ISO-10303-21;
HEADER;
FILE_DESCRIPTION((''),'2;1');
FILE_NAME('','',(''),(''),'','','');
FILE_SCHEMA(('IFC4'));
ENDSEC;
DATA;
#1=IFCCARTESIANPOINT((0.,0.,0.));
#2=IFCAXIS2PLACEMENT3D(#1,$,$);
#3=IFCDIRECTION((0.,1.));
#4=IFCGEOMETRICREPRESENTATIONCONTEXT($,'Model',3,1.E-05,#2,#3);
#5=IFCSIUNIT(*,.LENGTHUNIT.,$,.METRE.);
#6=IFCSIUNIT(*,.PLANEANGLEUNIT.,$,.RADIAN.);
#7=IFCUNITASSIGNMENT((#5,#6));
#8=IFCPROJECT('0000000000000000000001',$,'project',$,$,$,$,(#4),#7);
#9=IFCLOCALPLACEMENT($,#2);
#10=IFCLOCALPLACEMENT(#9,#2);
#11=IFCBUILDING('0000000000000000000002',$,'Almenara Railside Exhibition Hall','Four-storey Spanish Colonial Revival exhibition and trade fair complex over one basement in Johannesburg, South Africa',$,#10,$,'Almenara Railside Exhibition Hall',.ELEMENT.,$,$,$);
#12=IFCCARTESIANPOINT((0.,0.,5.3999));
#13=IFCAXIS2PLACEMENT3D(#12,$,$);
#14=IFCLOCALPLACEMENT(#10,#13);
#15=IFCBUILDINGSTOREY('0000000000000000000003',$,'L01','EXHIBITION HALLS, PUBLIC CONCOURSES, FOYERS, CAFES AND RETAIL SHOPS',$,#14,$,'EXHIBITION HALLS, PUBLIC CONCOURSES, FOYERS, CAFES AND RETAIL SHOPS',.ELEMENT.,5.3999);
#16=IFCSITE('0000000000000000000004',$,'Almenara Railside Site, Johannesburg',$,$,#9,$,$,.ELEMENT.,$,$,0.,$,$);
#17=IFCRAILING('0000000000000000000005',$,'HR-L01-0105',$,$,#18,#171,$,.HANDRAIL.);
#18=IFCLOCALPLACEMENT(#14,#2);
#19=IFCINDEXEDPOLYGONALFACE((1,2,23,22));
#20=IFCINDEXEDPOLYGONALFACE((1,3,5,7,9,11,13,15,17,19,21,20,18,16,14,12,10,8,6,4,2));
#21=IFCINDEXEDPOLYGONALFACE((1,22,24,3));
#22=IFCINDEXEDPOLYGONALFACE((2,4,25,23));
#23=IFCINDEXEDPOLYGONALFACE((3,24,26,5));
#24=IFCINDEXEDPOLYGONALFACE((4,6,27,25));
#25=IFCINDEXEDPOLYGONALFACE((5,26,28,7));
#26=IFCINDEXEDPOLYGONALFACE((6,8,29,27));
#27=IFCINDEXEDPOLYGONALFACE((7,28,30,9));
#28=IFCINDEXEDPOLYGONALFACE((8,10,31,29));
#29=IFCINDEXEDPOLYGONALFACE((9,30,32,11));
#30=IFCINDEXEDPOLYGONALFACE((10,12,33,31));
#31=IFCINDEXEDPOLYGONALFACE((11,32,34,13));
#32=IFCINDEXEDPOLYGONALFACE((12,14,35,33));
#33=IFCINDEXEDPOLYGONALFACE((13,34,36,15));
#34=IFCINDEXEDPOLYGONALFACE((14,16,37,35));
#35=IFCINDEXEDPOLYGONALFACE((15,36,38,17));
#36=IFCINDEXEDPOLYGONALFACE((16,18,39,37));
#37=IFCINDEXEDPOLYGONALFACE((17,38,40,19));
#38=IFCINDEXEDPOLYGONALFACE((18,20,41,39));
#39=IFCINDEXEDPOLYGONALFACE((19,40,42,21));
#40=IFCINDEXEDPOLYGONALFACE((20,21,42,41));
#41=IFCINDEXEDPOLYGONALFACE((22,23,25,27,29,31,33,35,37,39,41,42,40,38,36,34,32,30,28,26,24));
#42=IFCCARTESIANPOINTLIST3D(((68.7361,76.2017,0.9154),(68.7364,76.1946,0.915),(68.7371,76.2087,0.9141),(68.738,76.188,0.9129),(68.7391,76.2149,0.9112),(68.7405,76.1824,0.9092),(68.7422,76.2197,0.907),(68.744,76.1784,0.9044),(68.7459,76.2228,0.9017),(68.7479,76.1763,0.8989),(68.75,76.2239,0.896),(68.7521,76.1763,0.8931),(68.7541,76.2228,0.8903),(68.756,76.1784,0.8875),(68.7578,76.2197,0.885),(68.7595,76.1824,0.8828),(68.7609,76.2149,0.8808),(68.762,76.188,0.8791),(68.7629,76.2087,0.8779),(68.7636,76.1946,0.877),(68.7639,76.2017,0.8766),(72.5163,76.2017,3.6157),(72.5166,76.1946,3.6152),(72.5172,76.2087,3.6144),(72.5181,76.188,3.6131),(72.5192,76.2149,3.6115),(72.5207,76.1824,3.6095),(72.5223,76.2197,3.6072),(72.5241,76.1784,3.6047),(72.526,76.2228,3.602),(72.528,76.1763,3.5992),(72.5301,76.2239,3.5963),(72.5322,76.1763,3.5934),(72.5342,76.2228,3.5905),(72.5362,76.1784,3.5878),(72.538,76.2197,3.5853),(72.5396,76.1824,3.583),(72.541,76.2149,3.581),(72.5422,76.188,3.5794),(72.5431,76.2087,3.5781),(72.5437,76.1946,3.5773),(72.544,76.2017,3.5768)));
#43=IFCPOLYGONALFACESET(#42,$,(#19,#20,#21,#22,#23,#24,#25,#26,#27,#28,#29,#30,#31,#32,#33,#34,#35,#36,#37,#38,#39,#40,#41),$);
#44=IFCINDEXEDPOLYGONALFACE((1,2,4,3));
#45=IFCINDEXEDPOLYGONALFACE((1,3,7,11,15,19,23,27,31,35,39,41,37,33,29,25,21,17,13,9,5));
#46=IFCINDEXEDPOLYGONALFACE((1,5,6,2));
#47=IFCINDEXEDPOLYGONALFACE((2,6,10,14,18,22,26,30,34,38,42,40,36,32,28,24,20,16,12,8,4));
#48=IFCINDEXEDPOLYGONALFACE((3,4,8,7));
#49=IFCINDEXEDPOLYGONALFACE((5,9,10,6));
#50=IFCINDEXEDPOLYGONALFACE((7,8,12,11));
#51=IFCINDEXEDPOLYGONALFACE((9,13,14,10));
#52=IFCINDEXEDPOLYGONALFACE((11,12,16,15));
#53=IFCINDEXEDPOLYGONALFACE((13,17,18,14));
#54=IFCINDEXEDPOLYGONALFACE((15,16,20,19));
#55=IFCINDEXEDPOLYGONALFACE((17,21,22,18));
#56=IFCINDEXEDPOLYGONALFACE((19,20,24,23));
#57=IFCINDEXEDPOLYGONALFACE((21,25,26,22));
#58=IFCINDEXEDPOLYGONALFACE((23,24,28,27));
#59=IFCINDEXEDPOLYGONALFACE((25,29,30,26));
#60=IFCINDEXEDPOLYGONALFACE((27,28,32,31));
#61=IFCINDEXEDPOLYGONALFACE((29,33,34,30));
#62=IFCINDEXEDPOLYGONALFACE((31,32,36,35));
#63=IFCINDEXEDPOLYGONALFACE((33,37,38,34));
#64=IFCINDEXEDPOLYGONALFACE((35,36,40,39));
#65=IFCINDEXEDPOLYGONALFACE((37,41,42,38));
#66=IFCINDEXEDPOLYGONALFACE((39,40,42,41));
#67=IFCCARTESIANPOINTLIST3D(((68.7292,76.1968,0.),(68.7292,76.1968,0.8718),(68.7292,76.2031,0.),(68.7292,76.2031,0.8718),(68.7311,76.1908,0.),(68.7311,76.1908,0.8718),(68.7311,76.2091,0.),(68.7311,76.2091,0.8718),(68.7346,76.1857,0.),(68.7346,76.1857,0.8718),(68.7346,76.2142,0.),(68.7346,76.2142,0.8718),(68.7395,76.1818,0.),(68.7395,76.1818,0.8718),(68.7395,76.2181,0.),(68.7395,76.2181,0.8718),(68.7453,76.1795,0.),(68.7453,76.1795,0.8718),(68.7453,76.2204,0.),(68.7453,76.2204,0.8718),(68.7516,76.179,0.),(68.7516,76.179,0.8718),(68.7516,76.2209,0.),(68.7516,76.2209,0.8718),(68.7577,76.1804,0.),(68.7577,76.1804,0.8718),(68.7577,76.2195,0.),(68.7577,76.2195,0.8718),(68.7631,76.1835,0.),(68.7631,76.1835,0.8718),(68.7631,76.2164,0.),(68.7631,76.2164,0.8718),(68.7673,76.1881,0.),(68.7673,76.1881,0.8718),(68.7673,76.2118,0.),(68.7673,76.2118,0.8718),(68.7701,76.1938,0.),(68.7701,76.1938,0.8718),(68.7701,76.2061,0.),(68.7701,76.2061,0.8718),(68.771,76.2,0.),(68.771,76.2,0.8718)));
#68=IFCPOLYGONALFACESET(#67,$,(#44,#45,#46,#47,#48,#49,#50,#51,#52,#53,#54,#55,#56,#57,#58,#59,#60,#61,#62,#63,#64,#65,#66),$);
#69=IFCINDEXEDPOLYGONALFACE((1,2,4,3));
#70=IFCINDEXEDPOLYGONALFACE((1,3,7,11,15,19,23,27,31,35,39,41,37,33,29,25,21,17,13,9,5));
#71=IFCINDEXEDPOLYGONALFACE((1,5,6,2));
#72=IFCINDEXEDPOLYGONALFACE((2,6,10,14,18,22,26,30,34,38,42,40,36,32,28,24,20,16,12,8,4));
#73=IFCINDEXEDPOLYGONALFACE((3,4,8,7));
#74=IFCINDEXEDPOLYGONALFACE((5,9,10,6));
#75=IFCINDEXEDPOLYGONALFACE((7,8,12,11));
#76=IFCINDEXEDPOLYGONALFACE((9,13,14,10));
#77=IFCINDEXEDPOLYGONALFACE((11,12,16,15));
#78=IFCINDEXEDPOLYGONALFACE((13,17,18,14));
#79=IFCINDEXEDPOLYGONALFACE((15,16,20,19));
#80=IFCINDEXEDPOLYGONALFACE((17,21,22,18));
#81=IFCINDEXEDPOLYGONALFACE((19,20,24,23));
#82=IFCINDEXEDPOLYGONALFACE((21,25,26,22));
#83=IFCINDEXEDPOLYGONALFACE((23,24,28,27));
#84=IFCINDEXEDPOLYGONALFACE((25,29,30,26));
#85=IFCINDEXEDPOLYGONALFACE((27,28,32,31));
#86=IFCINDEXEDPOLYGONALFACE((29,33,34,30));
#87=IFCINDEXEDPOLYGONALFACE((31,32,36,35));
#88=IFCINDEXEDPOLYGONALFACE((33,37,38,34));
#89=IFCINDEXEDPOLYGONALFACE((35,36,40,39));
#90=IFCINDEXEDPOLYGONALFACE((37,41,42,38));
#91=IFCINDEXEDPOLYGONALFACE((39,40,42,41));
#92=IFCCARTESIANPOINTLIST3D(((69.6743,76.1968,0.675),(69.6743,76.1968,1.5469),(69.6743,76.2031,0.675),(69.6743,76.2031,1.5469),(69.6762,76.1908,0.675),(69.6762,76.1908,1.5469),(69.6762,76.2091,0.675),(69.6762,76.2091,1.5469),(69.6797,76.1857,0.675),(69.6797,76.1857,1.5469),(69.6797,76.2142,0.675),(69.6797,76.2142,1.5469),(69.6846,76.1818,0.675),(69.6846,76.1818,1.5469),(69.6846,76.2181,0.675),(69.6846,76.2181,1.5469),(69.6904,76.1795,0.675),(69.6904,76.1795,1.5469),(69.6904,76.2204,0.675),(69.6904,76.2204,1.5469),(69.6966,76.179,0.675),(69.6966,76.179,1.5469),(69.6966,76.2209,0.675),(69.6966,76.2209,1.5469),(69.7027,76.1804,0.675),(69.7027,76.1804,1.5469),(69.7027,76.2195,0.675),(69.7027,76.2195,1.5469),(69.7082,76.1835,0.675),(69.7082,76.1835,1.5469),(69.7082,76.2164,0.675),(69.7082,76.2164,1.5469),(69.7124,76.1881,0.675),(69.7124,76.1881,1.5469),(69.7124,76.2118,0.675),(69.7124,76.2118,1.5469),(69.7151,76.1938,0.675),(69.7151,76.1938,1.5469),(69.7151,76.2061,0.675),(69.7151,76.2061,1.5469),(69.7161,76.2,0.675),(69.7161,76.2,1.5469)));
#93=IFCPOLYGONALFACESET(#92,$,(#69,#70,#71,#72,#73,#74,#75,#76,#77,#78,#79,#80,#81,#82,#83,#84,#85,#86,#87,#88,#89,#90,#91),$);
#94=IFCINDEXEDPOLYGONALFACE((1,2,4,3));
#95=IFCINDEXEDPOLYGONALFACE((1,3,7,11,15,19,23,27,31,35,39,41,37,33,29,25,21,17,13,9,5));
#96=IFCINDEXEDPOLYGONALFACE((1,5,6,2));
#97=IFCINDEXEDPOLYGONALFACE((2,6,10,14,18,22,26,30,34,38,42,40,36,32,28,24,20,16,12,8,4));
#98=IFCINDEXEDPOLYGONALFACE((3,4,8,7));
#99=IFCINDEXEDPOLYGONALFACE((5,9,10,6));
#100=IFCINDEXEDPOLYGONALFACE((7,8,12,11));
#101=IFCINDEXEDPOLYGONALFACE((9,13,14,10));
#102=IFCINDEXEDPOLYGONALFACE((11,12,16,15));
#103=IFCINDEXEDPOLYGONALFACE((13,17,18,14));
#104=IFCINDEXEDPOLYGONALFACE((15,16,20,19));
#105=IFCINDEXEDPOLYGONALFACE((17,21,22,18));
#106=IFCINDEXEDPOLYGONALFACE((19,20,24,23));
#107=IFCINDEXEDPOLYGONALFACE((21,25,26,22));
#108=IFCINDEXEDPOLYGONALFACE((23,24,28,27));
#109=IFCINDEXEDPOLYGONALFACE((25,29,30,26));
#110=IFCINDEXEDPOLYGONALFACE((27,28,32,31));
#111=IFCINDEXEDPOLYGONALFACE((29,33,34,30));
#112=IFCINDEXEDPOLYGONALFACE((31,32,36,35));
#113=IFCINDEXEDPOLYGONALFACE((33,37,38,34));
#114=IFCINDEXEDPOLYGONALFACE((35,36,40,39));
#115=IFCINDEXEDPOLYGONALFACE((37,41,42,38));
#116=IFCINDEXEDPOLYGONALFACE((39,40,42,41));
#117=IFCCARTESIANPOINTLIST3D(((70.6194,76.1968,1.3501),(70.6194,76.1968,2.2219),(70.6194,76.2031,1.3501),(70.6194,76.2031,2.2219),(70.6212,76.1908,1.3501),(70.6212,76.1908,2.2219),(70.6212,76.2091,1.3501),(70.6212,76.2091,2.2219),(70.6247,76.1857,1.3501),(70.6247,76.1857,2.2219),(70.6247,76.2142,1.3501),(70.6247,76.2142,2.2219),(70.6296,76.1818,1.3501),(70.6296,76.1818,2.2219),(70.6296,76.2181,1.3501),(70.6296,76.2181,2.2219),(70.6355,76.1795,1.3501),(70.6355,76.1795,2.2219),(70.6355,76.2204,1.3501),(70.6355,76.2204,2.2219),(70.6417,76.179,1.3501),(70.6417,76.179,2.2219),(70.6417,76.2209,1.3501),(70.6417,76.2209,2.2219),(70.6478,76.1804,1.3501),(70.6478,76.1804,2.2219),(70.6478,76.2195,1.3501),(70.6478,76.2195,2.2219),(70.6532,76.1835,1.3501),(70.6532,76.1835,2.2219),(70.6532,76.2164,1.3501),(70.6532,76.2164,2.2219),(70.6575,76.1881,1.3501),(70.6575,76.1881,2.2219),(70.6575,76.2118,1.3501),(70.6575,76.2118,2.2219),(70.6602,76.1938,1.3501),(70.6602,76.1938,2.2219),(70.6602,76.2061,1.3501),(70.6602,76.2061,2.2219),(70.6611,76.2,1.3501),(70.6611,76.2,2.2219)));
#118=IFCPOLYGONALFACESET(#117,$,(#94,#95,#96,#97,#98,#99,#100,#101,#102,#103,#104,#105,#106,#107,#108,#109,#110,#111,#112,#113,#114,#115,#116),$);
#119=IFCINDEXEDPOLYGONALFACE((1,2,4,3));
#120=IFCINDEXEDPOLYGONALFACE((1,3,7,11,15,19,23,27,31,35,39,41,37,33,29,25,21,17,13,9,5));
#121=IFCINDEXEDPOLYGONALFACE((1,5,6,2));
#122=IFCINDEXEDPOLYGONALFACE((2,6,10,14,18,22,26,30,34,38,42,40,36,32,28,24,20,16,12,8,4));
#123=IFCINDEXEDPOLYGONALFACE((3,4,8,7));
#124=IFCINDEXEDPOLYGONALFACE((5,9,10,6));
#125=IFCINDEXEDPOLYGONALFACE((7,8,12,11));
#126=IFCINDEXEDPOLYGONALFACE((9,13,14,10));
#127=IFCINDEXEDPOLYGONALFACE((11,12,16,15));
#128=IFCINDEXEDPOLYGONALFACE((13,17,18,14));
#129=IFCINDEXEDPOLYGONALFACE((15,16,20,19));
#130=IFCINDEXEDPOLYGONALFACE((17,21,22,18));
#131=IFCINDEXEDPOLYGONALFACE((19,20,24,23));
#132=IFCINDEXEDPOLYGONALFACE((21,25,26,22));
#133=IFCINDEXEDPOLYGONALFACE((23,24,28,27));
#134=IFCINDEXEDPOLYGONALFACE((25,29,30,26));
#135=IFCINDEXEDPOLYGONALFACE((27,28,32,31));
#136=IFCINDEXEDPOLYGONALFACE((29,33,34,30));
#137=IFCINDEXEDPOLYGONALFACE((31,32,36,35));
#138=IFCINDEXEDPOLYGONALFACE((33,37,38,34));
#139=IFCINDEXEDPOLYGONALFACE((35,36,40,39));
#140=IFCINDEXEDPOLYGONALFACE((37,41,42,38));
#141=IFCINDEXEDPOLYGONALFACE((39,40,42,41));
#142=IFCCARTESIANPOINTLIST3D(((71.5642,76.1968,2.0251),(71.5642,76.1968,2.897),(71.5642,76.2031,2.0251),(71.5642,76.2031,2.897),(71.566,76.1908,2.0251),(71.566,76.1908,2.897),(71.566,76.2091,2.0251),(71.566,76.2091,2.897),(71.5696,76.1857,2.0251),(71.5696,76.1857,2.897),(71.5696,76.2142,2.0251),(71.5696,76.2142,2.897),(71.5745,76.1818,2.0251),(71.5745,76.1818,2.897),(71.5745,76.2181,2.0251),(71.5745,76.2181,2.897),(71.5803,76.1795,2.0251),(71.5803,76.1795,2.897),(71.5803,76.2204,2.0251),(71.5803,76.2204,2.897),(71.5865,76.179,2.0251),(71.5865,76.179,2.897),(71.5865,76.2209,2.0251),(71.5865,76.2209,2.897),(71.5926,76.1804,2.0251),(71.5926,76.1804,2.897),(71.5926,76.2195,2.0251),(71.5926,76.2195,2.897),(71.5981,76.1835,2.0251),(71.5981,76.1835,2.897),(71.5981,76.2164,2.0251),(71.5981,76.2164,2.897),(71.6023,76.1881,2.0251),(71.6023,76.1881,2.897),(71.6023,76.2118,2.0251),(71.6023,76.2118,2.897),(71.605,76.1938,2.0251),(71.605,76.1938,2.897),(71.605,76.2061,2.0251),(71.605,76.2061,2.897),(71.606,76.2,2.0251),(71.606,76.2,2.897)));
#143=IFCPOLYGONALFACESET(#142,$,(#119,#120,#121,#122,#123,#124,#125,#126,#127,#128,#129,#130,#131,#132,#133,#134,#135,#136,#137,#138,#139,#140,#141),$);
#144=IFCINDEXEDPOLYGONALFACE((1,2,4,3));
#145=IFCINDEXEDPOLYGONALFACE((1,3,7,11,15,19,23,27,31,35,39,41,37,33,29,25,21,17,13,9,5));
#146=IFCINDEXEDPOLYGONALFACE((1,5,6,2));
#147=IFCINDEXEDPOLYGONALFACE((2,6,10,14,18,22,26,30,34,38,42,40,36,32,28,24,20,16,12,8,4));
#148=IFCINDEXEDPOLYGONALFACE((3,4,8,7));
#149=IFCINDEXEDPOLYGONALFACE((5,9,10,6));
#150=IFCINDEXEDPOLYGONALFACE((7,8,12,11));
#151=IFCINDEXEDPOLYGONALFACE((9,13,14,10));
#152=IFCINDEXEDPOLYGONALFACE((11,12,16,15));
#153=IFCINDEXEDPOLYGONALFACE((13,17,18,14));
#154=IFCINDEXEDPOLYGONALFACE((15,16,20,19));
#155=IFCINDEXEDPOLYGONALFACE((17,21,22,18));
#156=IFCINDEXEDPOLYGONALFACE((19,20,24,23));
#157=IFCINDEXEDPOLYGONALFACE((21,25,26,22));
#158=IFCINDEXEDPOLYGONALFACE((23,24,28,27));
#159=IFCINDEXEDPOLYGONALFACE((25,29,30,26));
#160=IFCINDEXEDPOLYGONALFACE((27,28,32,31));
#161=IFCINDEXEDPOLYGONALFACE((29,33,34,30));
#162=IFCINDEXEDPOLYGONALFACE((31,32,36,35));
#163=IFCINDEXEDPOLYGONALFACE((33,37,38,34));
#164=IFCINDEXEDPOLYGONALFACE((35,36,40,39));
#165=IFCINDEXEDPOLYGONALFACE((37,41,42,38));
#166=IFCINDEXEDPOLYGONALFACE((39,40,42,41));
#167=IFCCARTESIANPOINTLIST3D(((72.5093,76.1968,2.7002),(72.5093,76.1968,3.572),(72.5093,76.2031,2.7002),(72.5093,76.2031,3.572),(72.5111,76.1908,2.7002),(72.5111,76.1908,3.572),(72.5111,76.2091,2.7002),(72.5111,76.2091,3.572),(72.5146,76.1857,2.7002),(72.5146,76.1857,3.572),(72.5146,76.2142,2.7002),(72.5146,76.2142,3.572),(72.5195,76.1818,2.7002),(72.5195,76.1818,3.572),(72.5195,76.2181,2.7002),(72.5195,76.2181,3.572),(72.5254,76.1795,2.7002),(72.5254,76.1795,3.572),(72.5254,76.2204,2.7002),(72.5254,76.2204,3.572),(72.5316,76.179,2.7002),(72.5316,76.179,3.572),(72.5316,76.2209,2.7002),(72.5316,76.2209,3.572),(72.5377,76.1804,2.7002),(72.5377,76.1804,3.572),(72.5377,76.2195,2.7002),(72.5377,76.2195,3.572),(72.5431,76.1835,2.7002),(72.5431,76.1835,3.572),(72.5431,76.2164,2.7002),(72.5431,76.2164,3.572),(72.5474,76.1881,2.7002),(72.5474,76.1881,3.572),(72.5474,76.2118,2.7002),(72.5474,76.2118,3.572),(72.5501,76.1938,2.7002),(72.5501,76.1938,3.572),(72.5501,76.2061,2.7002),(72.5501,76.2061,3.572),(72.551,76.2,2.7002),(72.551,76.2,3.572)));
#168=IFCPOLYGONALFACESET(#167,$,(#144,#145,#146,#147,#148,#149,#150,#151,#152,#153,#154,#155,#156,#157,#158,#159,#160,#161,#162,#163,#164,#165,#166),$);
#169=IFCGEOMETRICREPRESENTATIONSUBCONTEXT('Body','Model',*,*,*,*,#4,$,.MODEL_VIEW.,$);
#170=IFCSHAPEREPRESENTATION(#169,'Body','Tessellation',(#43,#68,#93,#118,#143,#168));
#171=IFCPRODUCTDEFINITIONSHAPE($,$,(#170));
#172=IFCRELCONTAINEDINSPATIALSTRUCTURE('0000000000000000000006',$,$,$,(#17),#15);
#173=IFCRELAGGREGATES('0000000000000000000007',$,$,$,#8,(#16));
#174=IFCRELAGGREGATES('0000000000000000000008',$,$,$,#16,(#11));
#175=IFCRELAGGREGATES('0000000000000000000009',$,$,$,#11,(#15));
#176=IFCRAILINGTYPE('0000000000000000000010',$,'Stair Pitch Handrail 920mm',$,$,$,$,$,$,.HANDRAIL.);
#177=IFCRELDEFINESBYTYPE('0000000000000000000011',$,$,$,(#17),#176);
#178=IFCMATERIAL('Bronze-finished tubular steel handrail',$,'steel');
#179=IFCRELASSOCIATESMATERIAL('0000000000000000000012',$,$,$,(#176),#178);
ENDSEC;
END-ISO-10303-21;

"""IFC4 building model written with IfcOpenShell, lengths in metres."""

from ifc_helpers import new_model, si_unit, direction, frame, origin, origin_2d, place, context, subcontext, project, spatial, circle, extrude, material, type_object, element, save


model = new_model("IFC4")

# Units and contexts
model_context = context("Model", 3, precision=1e-05, world=origin(), true_north=direction((0.0, 1.0)))
body_context = subcontext(model_context, "Body", "Model", "MODEL_VIEW")
ifc_project = project(units=[si_unit("LENGTHUNIT", "METRE"), si_unit("PLANEANGLEUNIT", "RADIAN")], contexts=[model_context])

# Site, building, storey
site_placement = place(None, origin())
site = spatial("IfcSite", under=ifc_project, at=site_placement, Name="Almenara Railside Site, Johannesburg", CompositionType="ELEMENT", RefElevation=0.0)
building_placement = place(site_placement, origin())
building = spatial("IfcBuilding", under=site, at=building_placement, Name="Almenara Railside Exhibition Hall", Description="Four-storey Spanish Colonial Revival exhibition and trade fair complex over one basement in Johannesburg, South Africa", LongName="Almenara Railside Exhibition Hall", CompositionType="ELEMENT")
storey_placement = place(building_placement, frame((0.0, 0.0, 5.3999)))
storey = spatial("IfcBuildingStorey", under=building, at=storey_placement, Name="L01", Description="EXHIBITION HALLS, PUBLIC CONCOURSES, FOYERS, CAFES AND RETAIL SHOPS", LongName="EXHIBITION HALLS, PUBLIC CONCOURSES, FOYERS, CAFES AND RETAIL SHOPS", CompositionType="ELEMENT", Elevation=5.3999)

# Railing
ifc_material_1 = material(Name="Bronze-finished tubular steel handrail", Category="steel")
railing_type_1 = type_object("IfcRailingType", Name="Stair Pitch Handrail 920mm", PredefinedType="HANDRAIL", material=ifc_material_1)
railing_1_placement = place(storey_placement, frame((68.75, 76.2, 0.0)))
element("IfcRailing", 1, at=railing_1_placement, inside=storey, type_object=railing_type_1, Name="HR-L01-0105", PredefinedType="HANDRAIL", context=body_context, shape_type="SweptSolid", body=[
    extrude(circle(Radius=0.0239, at=origin_2d()), frame((0.0, 0.0, 0.896), z_axis=(0.813716, 0.0, 0.581263), x_axis=(0.0, 1.0, 0.0)), (0.0, 0.0, 1.0), 4.6455),
    extrude(circle(Radius=0.021, at=origin_2d()), origin(), (0.0, 0.0, 1.0), 0.8718),
    extrude(circle(Radius=0.021, at=origin_2d()), frame((0.9451, 0.0, 0.675)), (0.0, 0.0, 1.0), 0.8718),
    extrude(circle(Radius=0.021, at=origin_2d()), frame((1.8901, 0.0, 1.3501)), (0.0, 0.0, 1.0), 0.8718),
    extrude(circle(Radius=0.021, at=origin_2d()), frame((2.835, 0.0, 2.0251)), (0.0, 0.0, 1.0), 0.8718),
    extrude(circle(Radius=0.021, at=origin_2d()), frame((3.78, 0.0, 2.7002)), (0.0, 0.0, 1.0), 0.8718),
])

save(model, "model.ifc")
